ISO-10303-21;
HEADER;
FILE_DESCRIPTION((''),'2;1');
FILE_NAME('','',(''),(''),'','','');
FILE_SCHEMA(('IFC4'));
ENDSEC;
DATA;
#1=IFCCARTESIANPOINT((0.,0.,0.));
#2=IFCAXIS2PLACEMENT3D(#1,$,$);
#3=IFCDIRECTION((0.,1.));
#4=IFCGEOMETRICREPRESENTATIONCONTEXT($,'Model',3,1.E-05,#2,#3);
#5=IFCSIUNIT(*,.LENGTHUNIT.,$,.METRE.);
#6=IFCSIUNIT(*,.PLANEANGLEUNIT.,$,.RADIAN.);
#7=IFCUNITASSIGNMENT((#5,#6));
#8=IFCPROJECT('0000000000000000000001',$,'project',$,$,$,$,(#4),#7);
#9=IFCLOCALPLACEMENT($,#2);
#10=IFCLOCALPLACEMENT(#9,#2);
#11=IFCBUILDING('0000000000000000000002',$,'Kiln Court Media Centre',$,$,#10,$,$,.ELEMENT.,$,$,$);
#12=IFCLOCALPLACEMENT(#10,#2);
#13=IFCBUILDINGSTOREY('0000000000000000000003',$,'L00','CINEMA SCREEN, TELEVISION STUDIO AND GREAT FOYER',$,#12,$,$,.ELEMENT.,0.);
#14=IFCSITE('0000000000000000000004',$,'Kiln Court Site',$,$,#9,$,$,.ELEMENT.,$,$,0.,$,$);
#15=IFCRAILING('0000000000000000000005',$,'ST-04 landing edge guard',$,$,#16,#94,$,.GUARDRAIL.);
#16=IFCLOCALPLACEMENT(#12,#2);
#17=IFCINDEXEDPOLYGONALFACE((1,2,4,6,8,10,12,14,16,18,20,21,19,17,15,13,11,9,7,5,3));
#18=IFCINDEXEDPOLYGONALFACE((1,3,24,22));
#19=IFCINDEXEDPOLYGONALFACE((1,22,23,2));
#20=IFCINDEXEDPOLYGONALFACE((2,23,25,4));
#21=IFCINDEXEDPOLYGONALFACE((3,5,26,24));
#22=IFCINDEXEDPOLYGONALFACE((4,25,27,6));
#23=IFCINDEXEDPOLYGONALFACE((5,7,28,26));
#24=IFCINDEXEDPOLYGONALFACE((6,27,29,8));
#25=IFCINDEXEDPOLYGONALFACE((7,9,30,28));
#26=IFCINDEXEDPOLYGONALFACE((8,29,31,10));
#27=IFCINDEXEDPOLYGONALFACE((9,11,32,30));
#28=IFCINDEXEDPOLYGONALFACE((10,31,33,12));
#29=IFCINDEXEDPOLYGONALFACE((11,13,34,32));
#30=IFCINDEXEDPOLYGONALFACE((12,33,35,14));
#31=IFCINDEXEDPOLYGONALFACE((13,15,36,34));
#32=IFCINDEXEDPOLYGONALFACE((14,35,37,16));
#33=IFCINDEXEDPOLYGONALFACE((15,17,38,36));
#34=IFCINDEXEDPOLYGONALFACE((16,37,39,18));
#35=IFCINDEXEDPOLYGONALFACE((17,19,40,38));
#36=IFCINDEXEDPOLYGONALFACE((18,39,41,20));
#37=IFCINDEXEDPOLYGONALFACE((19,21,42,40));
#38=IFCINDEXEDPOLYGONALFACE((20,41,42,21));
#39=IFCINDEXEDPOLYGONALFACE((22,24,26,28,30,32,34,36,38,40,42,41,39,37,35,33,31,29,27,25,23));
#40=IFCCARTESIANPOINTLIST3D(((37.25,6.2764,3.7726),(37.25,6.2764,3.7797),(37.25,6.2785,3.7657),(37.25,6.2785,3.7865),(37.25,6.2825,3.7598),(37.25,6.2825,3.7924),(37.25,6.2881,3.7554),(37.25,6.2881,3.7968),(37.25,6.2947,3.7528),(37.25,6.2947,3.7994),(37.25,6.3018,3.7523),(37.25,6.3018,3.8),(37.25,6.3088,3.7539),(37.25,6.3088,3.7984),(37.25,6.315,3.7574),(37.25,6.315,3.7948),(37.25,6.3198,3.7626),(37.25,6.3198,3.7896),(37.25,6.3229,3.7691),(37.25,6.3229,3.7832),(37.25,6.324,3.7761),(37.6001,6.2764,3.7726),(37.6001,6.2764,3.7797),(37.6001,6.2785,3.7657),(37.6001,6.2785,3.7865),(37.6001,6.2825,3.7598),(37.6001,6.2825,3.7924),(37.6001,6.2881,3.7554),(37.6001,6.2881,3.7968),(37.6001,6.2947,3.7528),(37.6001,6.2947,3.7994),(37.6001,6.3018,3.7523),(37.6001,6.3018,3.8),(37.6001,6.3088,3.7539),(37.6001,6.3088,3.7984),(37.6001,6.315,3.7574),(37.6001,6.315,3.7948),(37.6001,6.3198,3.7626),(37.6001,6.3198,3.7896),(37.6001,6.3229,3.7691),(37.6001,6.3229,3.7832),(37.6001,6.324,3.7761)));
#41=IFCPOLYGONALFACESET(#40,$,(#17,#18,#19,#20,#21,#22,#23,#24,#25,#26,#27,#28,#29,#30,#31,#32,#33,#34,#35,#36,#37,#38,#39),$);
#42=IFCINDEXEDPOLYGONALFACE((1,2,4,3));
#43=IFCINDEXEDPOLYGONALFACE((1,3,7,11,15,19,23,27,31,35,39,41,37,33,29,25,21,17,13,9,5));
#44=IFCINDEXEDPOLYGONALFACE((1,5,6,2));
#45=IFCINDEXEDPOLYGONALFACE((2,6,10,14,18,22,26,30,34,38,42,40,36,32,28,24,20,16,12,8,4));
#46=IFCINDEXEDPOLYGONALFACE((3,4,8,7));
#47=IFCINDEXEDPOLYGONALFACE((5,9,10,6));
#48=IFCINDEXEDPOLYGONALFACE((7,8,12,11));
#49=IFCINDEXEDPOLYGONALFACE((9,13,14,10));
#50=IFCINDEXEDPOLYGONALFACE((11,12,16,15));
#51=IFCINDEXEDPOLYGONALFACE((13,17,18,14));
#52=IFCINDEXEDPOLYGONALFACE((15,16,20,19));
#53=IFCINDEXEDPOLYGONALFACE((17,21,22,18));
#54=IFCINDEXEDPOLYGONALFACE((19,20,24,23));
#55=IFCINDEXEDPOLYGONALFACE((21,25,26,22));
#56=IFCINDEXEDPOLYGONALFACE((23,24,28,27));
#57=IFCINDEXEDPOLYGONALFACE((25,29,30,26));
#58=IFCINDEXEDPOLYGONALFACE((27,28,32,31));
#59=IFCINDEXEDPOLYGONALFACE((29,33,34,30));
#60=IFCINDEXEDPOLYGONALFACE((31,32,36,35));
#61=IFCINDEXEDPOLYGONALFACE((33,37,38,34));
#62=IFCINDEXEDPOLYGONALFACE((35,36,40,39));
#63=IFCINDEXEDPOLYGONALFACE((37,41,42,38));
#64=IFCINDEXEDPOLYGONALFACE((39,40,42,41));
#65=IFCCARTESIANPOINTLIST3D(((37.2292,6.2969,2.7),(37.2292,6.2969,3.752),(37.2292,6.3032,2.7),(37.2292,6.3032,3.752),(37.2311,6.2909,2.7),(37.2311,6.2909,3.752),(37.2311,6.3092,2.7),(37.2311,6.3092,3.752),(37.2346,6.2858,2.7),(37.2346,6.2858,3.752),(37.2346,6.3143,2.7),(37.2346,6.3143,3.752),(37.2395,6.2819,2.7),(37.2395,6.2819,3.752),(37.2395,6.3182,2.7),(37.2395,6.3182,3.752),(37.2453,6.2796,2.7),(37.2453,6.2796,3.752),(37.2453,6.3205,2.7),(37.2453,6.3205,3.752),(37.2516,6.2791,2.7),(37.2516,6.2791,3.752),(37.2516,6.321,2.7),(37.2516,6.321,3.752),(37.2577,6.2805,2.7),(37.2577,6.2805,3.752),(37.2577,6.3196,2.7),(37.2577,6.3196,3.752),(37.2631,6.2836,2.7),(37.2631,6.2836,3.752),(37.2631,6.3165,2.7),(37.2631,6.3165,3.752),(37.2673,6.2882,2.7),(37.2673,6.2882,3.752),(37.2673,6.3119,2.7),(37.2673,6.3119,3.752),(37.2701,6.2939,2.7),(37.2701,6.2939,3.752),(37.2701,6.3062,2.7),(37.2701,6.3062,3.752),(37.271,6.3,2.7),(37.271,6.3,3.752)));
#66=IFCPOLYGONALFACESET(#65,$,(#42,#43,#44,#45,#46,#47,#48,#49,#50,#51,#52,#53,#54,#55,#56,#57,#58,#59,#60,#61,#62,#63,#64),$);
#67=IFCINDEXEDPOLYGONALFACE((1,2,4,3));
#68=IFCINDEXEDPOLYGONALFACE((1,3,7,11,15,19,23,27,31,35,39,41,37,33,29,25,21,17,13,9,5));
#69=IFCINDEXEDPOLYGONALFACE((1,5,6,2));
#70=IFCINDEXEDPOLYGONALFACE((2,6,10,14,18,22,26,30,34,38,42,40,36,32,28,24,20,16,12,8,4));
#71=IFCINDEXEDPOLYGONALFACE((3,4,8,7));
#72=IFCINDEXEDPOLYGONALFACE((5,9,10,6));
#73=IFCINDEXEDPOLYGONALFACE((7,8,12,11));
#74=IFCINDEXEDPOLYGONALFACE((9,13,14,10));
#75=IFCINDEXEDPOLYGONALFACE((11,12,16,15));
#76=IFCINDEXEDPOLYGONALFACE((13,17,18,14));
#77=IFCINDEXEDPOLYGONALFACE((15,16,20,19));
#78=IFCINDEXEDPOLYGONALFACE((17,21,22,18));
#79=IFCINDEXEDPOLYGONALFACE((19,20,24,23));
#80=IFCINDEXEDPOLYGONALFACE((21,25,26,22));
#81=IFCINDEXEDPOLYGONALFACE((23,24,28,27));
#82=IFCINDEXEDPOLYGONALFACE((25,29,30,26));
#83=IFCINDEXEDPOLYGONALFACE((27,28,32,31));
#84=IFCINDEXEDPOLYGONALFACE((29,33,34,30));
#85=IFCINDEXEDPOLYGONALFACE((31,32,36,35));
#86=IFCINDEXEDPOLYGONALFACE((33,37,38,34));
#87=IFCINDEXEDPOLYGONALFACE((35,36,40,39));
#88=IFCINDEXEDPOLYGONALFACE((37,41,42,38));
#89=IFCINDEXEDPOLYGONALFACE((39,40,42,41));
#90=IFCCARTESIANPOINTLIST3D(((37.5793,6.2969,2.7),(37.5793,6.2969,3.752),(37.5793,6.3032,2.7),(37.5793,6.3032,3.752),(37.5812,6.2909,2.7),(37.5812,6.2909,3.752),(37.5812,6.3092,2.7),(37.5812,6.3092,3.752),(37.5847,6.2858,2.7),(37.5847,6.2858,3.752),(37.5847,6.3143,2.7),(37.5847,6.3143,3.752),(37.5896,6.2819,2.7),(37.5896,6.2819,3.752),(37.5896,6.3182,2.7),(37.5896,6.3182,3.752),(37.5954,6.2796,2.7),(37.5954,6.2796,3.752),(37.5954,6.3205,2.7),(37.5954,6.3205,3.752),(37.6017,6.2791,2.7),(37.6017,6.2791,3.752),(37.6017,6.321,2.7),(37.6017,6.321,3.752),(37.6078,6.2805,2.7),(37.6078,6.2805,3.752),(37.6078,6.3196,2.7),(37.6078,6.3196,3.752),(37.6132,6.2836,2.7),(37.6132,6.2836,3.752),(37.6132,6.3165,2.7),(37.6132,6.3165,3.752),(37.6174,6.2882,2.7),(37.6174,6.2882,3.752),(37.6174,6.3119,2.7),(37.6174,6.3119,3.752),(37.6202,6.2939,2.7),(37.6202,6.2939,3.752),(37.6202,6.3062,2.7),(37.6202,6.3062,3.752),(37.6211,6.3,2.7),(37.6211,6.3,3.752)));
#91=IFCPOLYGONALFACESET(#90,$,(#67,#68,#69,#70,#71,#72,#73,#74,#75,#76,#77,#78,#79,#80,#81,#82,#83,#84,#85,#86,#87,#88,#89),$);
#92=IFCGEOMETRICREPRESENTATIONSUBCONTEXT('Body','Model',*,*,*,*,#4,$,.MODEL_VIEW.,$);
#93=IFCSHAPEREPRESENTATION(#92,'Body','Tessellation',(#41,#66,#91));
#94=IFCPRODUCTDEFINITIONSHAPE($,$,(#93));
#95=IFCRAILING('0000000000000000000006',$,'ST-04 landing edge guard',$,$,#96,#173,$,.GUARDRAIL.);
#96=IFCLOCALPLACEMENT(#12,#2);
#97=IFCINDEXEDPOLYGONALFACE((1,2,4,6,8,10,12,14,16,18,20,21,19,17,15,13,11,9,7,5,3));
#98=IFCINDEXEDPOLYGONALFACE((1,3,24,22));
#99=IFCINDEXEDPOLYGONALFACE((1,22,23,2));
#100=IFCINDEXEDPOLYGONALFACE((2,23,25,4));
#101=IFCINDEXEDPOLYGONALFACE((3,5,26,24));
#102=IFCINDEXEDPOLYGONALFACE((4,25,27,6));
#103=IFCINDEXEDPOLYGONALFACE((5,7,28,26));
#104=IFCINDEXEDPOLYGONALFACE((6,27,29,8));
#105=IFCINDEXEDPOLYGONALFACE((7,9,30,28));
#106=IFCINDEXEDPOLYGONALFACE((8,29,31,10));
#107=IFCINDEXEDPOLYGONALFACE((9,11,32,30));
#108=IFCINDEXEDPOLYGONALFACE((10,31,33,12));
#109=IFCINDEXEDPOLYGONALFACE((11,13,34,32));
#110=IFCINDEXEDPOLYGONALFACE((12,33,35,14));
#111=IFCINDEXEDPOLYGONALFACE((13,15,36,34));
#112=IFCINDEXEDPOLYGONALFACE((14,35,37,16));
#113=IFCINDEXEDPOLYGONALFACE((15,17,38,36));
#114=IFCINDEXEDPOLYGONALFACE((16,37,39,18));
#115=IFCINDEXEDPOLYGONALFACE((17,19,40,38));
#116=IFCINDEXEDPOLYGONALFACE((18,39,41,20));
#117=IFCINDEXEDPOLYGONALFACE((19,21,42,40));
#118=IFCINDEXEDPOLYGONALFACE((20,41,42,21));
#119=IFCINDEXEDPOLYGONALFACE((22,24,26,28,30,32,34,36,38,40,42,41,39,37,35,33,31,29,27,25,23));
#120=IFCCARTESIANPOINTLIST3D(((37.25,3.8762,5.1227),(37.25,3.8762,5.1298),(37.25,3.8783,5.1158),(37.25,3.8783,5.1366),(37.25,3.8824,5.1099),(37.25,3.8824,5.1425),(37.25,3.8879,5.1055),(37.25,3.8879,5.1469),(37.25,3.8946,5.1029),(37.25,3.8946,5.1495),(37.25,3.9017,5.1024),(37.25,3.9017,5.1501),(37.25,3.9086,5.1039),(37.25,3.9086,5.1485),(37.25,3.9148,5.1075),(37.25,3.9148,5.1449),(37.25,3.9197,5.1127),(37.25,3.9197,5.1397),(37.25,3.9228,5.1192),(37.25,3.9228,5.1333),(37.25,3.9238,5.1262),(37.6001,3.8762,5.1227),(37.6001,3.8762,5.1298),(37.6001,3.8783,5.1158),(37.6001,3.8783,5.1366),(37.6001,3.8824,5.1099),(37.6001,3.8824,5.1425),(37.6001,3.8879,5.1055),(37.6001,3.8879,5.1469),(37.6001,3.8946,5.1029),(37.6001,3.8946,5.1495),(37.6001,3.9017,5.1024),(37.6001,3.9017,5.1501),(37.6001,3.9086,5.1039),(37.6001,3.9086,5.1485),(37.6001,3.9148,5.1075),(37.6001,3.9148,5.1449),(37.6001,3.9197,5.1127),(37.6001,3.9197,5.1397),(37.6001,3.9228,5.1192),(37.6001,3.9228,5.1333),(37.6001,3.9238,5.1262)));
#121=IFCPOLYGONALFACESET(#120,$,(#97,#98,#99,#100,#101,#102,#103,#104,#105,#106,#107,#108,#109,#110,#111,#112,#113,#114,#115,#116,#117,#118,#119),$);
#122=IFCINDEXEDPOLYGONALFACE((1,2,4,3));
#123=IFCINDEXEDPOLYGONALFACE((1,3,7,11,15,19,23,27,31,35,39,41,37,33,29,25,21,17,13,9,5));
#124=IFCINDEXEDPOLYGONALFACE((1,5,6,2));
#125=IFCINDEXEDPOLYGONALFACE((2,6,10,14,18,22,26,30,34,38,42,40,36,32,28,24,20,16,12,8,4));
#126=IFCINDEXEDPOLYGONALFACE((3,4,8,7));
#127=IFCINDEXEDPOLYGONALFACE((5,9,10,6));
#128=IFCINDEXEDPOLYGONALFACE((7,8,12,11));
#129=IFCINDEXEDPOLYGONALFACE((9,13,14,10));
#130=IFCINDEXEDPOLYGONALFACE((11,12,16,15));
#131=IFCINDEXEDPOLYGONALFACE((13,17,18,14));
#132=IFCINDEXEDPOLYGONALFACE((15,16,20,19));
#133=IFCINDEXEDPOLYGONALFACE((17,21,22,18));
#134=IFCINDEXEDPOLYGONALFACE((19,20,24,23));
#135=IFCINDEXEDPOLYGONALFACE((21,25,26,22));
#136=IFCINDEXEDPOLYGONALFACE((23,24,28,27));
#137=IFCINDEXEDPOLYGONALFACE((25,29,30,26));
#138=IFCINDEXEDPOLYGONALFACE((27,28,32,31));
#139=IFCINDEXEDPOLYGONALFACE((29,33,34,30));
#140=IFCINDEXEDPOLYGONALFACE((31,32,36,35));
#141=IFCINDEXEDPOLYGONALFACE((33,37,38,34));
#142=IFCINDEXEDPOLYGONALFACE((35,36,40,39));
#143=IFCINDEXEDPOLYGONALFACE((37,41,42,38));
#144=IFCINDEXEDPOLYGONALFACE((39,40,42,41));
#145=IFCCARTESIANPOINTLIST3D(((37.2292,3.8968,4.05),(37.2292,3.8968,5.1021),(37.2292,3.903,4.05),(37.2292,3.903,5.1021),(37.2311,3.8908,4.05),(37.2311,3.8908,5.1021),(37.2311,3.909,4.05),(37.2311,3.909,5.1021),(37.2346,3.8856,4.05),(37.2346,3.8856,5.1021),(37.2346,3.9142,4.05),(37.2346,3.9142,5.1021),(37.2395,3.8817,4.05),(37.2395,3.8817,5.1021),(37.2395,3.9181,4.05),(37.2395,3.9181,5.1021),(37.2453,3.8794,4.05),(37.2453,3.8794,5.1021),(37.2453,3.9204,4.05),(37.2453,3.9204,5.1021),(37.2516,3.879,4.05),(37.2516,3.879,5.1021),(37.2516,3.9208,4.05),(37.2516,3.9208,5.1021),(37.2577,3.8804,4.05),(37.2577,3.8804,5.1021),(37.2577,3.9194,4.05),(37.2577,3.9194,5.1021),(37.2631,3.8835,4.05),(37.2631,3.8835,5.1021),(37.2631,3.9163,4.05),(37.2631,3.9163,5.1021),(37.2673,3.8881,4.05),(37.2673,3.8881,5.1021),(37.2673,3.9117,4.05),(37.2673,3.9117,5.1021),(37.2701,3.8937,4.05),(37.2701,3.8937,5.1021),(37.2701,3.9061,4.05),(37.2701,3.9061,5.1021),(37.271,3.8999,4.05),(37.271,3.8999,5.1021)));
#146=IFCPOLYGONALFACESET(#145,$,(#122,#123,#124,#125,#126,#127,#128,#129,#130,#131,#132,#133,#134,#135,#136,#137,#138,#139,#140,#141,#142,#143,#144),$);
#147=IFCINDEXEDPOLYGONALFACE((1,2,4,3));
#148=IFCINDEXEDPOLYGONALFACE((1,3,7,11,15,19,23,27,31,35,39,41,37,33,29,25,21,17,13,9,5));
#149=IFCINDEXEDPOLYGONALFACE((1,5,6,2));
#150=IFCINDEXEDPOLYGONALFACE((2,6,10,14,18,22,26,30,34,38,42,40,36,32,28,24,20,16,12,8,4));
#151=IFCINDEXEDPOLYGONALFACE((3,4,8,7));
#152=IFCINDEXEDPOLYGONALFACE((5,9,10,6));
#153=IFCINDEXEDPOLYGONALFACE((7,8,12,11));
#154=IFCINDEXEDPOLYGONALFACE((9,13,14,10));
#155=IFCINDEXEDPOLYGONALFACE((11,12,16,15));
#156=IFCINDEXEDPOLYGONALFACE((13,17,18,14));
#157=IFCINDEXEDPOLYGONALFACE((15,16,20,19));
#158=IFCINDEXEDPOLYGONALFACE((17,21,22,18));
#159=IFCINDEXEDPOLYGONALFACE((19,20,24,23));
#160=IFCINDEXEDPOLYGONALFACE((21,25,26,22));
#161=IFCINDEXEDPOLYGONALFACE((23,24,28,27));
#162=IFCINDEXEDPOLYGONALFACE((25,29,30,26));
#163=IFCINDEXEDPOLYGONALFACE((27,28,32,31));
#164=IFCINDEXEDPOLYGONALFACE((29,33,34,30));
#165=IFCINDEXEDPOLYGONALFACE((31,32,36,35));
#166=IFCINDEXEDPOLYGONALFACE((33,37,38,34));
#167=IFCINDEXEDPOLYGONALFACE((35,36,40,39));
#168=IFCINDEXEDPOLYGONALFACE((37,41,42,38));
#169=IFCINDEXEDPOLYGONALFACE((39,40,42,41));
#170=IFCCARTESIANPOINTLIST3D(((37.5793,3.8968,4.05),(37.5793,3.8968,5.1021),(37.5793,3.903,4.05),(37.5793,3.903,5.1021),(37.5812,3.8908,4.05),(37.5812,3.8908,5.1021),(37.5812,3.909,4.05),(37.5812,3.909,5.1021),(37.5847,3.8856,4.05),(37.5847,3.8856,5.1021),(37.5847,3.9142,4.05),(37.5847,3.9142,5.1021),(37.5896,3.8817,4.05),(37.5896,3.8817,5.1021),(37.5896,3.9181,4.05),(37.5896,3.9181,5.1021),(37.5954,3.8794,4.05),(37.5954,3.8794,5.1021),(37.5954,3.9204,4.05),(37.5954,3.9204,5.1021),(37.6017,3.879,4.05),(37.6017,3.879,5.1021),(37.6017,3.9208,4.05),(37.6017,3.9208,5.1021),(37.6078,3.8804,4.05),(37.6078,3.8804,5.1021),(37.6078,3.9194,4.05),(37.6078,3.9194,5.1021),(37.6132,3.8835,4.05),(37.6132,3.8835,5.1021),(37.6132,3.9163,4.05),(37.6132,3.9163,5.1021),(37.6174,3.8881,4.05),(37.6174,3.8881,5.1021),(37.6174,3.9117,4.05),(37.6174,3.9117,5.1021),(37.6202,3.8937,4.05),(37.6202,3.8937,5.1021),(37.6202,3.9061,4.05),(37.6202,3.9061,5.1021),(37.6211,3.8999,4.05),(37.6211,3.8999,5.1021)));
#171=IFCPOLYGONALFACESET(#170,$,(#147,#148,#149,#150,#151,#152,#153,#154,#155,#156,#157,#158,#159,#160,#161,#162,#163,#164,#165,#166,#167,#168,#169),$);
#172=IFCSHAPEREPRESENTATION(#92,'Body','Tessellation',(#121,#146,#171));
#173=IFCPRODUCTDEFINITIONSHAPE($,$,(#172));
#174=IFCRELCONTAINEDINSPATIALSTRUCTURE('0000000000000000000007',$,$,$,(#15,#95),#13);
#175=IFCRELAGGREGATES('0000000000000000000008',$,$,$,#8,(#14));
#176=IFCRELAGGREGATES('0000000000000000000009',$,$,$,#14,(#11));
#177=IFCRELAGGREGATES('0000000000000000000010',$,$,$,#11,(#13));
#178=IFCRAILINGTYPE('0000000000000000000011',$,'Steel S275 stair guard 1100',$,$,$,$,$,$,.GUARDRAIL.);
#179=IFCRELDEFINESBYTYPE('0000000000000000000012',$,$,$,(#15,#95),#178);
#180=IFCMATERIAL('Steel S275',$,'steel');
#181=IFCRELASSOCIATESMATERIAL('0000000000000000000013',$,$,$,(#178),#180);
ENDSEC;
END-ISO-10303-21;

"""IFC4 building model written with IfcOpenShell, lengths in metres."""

from ifc_helpers import new_model, si_unit, direction, frame, origin, origin_2d, place, context, subcontext, project, spatial, circle, extrude, material, type_object, element, save


model = new_model("IFC4")

# Units and contexts
model_context = context("Model", 3, precision=1e-05, world=origin(), true_north=direction((0.0, 1.0)))
body_context = subcontext(model_context, "Body", "Model", "MODEL_VIEW")
ifc_project = project(units=[si_unit("LENGTHUNIT", "METRE"), si_unit("PLANEANGLEUNIT", "RADIAN")], contexts=[model_context])

# Site, building, storey
site_placement = place(None, origin())
site = spatial("IfcSite", under=ifc_project, at=site_placement, Name="Kiln Court Site", CompositionType="ELEMENT", RefElevation=0.0)
building_placement = place(site_placement, origin())
building = spatial("IfcBuilding", under=site, at=building_placement, Name="Kiln Court Media Centre", CompositionType="ELEMENT")
storey_placement = place(building_placement, origin())
storey = spatial("IfcBuildingStorey", under=building, at=storey_placement, Name="L00", Description="CINEMA SCREEN, TELEVISION STUDIO AND GREAT FOYER", CompositionType="ELEMENT", Elevation=0.0)

# Railings
ifc_material_1 = material(Name="Steel S275", Category="steel")
railing_type_1 = type_object("IfcRailingType", Name="Steel S275 stair guard 1100", PredefinedType="GUARDRAIL", material=ifc_material_1)
for number, where, name in (
    (1, (37.25, 6.3, 2.7), "ST-04 landing edge guard"),
    (2, (37.25, 3.8999, 4.05), "ST-04 landing edge guard"),
):
    element("IfcRailing", number, at=place(storey_placement, frame(where)), inside=storey, type_object=railing_type_1, Name=name, PredefinedType="GUARDRAIL", context=body_context, shape_type="SweptSolid", body=[
        extrude(circle(Radius=0.0239, at=origin_2d()), frame((0.0, 0.0, 1.0762), z_axis=(1.0, 0.0, 0.0), x_axis=(0.0, 1.0, 0.0)), (0.0, 0.0, 1.0), 0.3501),
        extrude(circle(Radius=0.021, at=origin_2d()), origin(), (0.0, 0.0, 1.0), 1.052),
        extrude(circle(Radius=0.021, at=origin_2d()), frame((0.3501, 0.0, 0.0)), (0.0, 0.0, 1.0), 1.052),
    ])

save(model, "model.ifc")
